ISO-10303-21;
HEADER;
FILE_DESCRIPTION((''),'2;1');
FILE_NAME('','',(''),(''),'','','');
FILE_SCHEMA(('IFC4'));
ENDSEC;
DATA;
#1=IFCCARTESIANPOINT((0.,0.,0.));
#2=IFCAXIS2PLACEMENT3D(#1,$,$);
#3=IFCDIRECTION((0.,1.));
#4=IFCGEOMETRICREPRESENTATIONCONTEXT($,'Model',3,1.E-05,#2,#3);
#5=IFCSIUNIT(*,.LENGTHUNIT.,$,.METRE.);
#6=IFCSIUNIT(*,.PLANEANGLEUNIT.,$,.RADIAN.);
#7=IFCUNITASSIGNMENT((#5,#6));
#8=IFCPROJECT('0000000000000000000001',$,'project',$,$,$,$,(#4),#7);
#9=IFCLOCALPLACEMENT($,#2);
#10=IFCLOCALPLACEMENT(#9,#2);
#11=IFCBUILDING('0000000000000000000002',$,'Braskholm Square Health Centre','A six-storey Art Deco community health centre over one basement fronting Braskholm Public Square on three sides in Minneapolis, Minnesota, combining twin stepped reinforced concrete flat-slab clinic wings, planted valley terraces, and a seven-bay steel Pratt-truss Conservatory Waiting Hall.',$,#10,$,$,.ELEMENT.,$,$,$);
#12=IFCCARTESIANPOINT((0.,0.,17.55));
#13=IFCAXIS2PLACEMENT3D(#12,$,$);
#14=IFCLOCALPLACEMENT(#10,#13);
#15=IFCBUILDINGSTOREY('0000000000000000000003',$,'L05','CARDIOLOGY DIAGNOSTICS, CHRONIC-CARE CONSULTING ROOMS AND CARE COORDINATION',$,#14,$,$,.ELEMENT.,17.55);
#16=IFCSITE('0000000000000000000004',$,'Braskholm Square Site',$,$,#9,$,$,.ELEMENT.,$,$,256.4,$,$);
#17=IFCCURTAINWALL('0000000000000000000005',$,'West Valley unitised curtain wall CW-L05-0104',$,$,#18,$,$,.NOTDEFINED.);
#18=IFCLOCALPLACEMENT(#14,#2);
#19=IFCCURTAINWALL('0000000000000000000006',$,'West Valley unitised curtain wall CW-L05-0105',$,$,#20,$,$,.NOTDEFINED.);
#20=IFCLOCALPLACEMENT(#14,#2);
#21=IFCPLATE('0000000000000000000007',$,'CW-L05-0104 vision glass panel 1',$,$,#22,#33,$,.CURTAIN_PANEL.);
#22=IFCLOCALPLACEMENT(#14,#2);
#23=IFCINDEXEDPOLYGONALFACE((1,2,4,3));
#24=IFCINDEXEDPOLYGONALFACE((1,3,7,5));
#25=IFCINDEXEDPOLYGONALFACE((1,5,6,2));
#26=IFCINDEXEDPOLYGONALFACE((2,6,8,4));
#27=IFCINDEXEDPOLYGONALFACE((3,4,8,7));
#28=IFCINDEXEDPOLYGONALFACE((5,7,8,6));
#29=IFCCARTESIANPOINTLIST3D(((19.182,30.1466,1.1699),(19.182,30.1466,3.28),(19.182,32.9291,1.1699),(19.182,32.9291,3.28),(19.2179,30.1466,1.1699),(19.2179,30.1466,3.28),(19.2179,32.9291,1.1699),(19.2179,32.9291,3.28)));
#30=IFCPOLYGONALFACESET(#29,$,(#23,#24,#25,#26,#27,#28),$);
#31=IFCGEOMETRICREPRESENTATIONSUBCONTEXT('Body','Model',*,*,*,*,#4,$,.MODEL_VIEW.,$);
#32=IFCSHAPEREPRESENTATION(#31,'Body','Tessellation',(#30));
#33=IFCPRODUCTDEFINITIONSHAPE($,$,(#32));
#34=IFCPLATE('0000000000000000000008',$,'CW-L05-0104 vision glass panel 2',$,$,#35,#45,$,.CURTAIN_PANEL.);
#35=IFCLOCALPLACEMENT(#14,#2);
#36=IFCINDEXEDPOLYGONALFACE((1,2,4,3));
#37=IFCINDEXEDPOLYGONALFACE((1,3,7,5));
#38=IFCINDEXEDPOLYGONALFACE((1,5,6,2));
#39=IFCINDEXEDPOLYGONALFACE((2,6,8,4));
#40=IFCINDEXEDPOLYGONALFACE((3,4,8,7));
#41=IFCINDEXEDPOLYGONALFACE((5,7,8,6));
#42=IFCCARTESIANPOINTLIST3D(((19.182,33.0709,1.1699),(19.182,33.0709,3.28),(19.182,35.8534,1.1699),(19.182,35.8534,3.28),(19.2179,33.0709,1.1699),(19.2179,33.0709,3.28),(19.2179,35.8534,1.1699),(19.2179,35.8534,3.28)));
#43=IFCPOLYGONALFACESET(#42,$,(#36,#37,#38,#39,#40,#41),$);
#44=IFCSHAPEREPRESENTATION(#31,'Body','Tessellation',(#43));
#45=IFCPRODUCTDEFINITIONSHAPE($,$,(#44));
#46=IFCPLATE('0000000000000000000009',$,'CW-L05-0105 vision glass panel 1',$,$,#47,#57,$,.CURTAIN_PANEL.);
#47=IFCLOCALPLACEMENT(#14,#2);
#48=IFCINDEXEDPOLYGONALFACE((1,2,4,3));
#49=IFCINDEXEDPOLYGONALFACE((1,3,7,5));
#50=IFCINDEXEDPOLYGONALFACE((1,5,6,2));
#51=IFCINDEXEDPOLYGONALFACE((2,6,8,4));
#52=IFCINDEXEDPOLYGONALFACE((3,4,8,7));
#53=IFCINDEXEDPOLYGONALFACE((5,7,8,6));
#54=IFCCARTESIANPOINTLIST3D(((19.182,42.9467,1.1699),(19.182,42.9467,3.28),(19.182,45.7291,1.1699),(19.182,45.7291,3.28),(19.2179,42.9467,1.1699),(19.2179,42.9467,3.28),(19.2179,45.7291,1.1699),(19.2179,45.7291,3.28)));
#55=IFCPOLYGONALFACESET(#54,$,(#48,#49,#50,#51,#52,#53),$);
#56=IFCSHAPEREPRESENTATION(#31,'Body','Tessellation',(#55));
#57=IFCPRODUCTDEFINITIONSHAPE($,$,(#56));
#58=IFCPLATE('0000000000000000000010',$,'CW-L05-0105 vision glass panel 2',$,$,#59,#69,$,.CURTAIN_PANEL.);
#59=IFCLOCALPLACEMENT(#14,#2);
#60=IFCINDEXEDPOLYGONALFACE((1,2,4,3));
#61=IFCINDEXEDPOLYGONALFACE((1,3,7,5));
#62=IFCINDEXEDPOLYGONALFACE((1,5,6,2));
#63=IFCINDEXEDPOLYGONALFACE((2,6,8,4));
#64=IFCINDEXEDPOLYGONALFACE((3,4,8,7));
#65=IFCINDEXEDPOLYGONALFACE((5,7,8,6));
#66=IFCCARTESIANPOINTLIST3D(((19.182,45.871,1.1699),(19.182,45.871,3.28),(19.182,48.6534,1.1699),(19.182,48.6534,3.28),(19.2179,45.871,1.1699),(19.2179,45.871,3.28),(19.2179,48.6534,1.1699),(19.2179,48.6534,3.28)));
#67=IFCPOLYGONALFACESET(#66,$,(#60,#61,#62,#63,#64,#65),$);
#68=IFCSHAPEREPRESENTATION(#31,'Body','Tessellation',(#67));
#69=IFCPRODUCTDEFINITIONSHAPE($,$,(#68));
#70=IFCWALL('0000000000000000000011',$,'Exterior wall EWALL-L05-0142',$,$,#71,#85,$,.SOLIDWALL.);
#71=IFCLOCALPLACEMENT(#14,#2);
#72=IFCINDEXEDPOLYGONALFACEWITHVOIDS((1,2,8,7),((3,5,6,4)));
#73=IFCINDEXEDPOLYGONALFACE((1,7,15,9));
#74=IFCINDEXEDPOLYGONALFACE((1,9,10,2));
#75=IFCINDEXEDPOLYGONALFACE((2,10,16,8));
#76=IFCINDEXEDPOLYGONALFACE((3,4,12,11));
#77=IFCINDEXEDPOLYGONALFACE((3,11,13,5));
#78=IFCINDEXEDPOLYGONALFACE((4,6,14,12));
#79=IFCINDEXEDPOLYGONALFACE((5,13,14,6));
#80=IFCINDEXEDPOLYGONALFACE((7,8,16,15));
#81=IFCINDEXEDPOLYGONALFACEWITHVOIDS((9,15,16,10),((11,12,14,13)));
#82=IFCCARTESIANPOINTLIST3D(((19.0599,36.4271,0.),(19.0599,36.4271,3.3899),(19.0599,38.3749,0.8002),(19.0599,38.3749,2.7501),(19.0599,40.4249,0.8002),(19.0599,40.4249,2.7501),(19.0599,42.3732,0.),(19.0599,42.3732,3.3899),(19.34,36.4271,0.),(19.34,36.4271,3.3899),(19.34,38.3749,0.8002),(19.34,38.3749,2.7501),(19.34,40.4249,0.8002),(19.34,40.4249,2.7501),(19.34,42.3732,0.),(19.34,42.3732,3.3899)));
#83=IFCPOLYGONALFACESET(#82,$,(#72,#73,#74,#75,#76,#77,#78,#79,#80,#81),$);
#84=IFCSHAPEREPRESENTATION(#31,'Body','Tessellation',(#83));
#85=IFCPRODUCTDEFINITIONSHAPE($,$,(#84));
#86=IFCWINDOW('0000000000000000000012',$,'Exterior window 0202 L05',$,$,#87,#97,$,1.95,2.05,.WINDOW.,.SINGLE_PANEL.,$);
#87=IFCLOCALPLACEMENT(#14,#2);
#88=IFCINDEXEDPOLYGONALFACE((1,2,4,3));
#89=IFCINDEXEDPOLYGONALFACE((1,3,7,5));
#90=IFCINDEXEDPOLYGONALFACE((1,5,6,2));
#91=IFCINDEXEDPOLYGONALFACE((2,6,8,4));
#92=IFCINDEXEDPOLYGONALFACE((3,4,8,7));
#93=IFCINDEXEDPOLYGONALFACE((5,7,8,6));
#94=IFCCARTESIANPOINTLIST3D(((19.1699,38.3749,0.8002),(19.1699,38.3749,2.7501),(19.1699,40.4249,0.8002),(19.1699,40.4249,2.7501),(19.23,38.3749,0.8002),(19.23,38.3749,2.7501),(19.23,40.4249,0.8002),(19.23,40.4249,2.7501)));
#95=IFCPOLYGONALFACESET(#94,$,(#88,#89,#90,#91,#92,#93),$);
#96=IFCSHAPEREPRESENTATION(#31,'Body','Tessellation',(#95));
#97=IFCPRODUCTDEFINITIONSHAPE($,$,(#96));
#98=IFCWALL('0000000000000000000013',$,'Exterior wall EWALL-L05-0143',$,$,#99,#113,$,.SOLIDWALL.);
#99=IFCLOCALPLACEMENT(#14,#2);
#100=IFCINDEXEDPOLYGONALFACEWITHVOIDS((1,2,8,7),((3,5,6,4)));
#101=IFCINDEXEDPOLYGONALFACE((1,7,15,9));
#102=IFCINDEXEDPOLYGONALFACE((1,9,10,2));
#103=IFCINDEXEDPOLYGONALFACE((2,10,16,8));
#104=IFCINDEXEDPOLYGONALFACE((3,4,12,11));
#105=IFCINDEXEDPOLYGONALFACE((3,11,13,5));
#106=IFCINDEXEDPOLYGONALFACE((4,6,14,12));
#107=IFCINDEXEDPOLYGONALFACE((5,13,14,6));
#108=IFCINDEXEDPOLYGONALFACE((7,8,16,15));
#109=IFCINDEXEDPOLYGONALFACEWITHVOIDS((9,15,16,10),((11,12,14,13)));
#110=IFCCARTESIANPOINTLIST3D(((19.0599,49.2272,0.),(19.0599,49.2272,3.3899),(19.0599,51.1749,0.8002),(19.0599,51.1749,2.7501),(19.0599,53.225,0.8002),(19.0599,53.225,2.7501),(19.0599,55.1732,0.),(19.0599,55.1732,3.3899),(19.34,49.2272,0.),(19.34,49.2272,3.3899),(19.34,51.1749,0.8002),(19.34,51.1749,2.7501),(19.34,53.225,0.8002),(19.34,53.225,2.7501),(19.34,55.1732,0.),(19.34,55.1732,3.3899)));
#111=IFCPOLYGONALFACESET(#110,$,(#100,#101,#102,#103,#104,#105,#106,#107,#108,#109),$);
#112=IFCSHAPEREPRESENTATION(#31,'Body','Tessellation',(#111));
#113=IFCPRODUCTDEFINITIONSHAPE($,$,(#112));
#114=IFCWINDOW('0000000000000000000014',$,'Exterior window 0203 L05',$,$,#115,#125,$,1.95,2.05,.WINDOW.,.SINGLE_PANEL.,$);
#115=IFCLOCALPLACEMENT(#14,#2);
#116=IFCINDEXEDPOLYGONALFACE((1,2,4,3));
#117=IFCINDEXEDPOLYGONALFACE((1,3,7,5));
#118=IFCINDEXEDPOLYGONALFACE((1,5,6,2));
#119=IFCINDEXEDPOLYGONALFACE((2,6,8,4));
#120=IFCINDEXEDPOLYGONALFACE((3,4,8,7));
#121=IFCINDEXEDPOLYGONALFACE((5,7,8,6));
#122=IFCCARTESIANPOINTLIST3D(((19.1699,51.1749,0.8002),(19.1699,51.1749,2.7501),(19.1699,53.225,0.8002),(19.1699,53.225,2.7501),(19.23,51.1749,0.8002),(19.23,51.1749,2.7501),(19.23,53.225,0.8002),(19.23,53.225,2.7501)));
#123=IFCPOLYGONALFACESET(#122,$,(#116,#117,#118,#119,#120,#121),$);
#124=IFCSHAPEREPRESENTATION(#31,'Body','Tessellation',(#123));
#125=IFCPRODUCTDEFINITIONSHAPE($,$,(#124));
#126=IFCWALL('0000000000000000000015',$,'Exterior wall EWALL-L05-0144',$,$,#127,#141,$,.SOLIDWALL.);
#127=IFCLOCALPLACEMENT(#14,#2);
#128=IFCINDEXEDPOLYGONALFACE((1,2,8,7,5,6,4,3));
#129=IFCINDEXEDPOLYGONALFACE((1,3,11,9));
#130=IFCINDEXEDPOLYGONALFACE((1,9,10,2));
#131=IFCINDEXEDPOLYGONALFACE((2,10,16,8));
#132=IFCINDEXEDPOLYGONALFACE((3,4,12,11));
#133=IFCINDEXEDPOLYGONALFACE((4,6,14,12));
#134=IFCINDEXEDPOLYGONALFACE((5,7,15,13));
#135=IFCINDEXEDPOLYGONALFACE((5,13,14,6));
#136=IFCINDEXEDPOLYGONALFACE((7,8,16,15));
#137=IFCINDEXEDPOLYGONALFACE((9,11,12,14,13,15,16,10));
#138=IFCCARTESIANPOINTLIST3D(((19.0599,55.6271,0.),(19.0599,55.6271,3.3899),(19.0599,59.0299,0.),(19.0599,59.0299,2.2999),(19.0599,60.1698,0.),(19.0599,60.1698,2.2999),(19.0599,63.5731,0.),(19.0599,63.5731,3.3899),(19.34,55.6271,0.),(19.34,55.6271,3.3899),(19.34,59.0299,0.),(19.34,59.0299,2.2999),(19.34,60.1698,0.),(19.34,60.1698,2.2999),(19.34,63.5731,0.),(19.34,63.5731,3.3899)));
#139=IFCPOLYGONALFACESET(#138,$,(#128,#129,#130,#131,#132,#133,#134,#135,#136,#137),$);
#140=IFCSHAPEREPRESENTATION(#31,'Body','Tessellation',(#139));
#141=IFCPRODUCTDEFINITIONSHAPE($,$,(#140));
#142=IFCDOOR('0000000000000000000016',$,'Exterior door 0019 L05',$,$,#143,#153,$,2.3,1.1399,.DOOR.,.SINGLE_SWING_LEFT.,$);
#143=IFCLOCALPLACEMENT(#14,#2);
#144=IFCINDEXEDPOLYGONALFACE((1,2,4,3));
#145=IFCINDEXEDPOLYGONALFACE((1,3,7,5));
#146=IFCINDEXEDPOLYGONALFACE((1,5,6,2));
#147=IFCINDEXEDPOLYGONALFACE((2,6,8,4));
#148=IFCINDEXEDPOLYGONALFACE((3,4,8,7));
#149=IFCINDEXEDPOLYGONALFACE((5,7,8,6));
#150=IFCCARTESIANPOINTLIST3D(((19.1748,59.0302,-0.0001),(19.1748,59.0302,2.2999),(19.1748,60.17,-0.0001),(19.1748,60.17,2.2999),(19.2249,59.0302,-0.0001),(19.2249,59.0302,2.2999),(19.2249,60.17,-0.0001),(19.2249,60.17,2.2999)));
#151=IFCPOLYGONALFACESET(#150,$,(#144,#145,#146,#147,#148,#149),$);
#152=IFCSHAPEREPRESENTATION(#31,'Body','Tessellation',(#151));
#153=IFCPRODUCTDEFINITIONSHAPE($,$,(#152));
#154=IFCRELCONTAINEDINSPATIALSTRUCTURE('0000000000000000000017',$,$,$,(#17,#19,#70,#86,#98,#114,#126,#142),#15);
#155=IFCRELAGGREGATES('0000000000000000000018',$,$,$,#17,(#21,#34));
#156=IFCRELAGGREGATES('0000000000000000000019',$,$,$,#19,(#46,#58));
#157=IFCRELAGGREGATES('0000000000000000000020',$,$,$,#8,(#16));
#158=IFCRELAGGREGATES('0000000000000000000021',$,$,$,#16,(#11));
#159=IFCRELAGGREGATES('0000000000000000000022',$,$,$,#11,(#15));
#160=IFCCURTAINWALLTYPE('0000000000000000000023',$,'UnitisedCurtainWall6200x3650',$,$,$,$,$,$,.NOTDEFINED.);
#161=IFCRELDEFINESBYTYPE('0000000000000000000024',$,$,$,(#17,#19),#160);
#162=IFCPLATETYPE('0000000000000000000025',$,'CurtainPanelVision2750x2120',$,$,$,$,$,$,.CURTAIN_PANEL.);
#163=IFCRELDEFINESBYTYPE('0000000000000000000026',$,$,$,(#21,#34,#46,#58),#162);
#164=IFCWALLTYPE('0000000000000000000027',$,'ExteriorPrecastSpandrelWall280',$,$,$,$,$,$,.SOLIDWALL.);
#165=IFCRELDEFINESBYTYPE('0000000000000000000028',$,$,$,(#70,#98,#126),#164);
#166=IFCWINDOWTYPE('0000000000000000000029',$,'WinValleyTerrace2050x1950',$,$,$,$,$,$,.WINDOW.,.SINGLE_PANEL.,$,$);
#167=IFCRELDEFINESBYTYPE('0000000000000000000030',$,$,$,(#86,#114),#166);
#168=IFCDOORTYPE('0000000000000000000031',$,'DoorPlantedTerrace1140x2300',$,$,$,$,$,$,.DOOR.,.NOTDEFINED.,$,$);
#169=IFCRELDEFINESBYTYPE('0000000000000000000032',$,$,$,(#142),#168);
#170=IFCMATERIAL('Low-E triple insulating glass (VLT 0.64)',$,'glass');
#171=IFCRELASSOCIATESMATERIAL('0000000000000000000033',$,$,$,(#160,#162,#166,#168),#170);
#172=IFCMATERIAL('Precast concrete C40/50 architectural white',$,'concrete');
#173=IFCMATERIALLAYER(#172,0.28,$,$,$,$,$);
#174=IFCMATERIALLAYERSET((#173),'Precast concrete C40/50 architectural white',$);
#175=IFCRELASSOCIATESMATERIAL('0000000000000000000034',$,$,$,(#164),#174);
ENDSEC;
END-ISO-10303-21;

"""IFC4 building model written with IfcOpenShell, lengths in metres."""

from ifc_helpers import new_model, si_unit, direction, frame, frame_2d, origin, origin_with_axes, origin_2d, place, context, subcontext, project, spatial, rectangle, extrude, material, layer, layer_set, type_object, element, fill, aggregate, save


model = new_model("IFC4")

# Units and contexts
model_context = context("Model", 3, precision=1e-05, world=origin(), true_north=direction((0.0, 1.0)))
body_context = subcontext(model_context, "Body", "Model", "MODEL_VIEW")
ifc_project = project(units=[si_unit("LENGTHUNIT", "METRE"), si_unit("PLANEANGLEUNIT", "RADIAN")], contexts=[model_context])

# Site, building, storey
site_placement = place(None, origin())
site = spatial("IfcSite", under=ifc_project, at=site_placement, Name="Braskholm Square Site", CompositionType="ELEMENT", RefElevation=256.4)
building_placement = place(site_placement, origin())
building = spatial("IfcBuilding", under=site, at=building_placement, Name="Braskholm Square Health Centre", Description="A six-storey Art Deco community health centre over one basement fronting Braskholm Public Square on three sides in Minneapolis, Minnesota, combining twin stepped reinforced concrete flat-slab clinic wings, planted valley terraces, and a seven-bay steel Pratt-truss Conservatory Waiting Hall.", CompositionType="ELEMENT")
storey_placement = place(building_placement, frame((0.0, 0.0, 17.55)))
storey = spatial("IfcBuildingStorey", under=building, at=storey_placement, Name="L05", Description="CARDIOLOGY DIAGNOSTICS, CHRONIC-CARE CONSULTING ROOMS AND CARE COORDINATION", CompositionType="ELEMENT", Elevation=17.55)

# Curtain walls
ifc_material_1 = material(Name="Low-E triple insulating glass (VLT 0.64)", Category="glass")
curtain_wall_type = type_object("IfcCurtainWallType", Name="UnitisedCurtainWall6200x3650", PredefinedType="NOTDEFINED", material=ifc_material_1)
curtain_wall_1_placement = place(storey_placement, origin())
curtain_wall_1 = element("IfcCurtainWall", 1, at=curtain_wall_1_placement, inside=storey, type_object=curtain_wall_type, Name="West Valley unitised curtain wall CW-L05-0104", PredefinedType="NOTDEFINED")
curtain_wall_2_placement = place(storey_placement, origin())
curtain_wall_2 = element("IfcCurtainWall", 2, at=curtain_wall_2_placement, inside=storey, type_object=curtain_wall_type, Name="West Valley unitised curtain wall CW-L05-0105", PredefinedType="NOTDEFINED")

# Plates
plate_type_1 = type_object("IfcPlateType", Name="CurtainPanelVision2750x2120", PredefinedType="CURTAIN_PANEL", material=ifc_material_1)
plate_1_placement = place(storey_placement, frame((19.2, 31.5378, 1.1699), z_axis=(0.0, 0.0, 1.0), x_axis=(0.0, 1.0, 0.0)))
plate_1 = element("IfcPlate", 3, at=plate_1_placement, type_object=plate_type_1, Name="CW-L05-0104 vision glass panel 1", PredefinedType="CURTAIN_PANEL", context=body_context, shape_type="SweptSolid", body=[
    extrude(rectangle(XDim=2.7825, YDim=0.0359, at=origin_2d()), origin(), (0.0, 0.0, 1.0), 2.1101),
])
plate_2_placement = place(storey_placement, frame((19.2, 34.4622, 1.1699), z_axis=(0.0, 0.0, 1.0), x_axis=(0.0, 1.0, 0.0)))
plate_2 = element("IfcPlate", 4, at=plate_2_placement, type_object=plate_type_1, Name="CW-L05-0104 vision glass panel 2", PredefinedType="CURTAIN_PANEL", context=body_context, shape_type="SweptSolid", body=[
    extrude(rectangle(XDim=2.7825, YDim=0.0359, at=origin_2d()), origin(), (0.0, 0.0, 1.0), 2.1101),
])
aggregate(curtain_wall_1, [plate_1, plate_2])
plate_3_placement = place(storey_placement, frame((19.2, 44.3379, 1.1699), z_axis=(0.0, 0.0, 1.0), x_axis=(0.0, 1.0, 0.0)))
plate_3 = element("IfcPlate", 5, at=plate_3_placement, type_object=plate_type_1, Name="CW-L05-0105 vision glass panel 1", PredefinedType="CURTAIN_PANEL", context=body_context, shape_type="SweptSolid", body=[
    extrude(rectangle(XDim=2.7825, YDim=0.0359, at=origin_2d()), origin(), (0.0, 0.0, 1.0), 2.1101),
])
plate_4_placement = place(storey_placement, frame((19.2, 47.2622, 1.1699), z_axis=(0.0, 0.0, 1.0), x_axis=(0.0, 1.0, 0.0)))
plate_4 = element("IfcPlate", 6, at=plate_4_placement, type_object=plate_type_1, Name="CW-L05-0105 vision glass panel 2", PredefinedType="CURTAIN_PANEL", context=body_context, shape_type="SweptSolid", body=[
    extrude(rectangle(XDim=2.7825, YDim=0.0359, at=origin_2d()), origin(), (0.0, 0.0, 1.0), 2.1101),
])
aggregate(curtain_wall_2, [plate_3, plate_4])

# Walls, openings, windows
ifc_material_2 = material(Name="Precast concrete C40/50 architectural white", Category="concrete")
ifc_layer = layer(ifc_material_2, 0.28)
ifc_layer_set = layer_set([ifc_layer], Name="Precast concrete C40/50 architectural white")
wall_type = type_object("IfcWallType", Name="ExteriorPrecastSpandrelWall280", PredefinedType="SOLIDWALL", material=ifc_layer_set)
wall_1_placement = place(storey_placement, frame((19.2, 36.427, 0.0), z_axis=(0.0, 0.0, 1.0), x_axis=(0.0, 1.0, 0.0)))
wall_1 = element("IfcWall", 7, at=wall_1_placement, inside=storey, type_object=wall_type, Name="Exterior wall EWALL-L05-0142", PredefinedType="SOLIDWALL", context=body_context, shape_type="SweptSolid", body=[
    extrude(rectangle(XDim=5.946, YDim=0.28, at=frame_2d((2.9731, 0.0))), origin(), (0.0, 0.0, 1.0), 3.3899),
])
opening_1_placement = place(wall_1_placement, frame((1.948, 0.0, 0.8)))
opening_1 = element("IfcOpeningElement", 8, at=opening_1_placement, cuts=wall_1, PredefinedType="OPENING", context=body_context, shape_type="SweptSolid", body=[
    extrude(rectangle(XDim=2.05, YDim=1.95, at=frame_2d((1.0249, 0.9751))), frame((0.0, 0.1499, 0.0), z_axis=(0.0, -1.0, 0.0), x_axis=(1.0, 0.0, 0.0)), (0.0, 0.0, 1.0), 0.3),
])
window_type = type_object("IfcWindowType", Name="WinValleyTerrace2050x1950", PartitioningType="SINGLE_PANEL", PredefinedType="WINDOW", material=ifc_material_1)
window_1_placement = place(opening_1_placement, origin_with_axes())
window_1 = element("IfcWindow", 9, at=window_1_placement, inside=storey, type_object=window_type, Name="Exterior window 0202 L05", OverallHeight=1.95, OverallWidth=2.05, PartitioningType="SINGLE_PANEL", PredefinedType="WINDOW", context=body_context, shape_type="SweptSolid", body=[
    extrude(rectangle(XDim=2.05, YDim=1.95, at=frame_2d((1.0249, 0.9751))), frame((0.0, 0.03, 0.0), z_axis=(0.0, -1.0, 0.0), x_axis=(1.0, 0.0, 0.0)), (0.0, 0.0, 1.0), 0.0601),
])
fill(opening_1, window_1)
wall_2_placement = place(storey_placement, frame((19.2, 49.2271, 0.0), z_axis=(0.0, 0.0, 1.0), x_axis=(0.0, 1.0, 0.0)))
wall_2 = element("IfcWall", 10, at=wall_2_placement, inside=storey, type_object=wall_type, Name="Exterior wall EWALL-L05-0143", PredefinedType="SOLIDWALL", context=body_context, shape_type="SweptSolid", body=[
    extrude(rectangle(XDim=5.946, YDim=0.28, at=frame_2d((2.9731, 0.0))), origin(), (0.0, 0.0, 1.0), 3.3899),
])
opening_2_placement = place(wall_2_placement, frame((1.948, 0.0, 0.8)))
opening_2 = element("IfcOpeningElement", 11, at=opening_2_placement, cuts=wall_2, PredefinedType="OPENING", context=body_context, shape_type="SweptSolid", body=[
    extrude(rectangle(XDim=2.05, YDim=1.95, at=frame_2d((1.0249, 0.9751))), frame((0.0, 0.1499, 0.0), z_axis=(0.0, -1.0, 0.0), x_axis=(1.0, 0.0, 0.0)), (0.0, 0.0, 1.0), 0.3),
])
window_2_placement = place(opening_2_placement, origin_with_axes())
window_2 = element("IfcWindow", 12, at=window_2_placement, inside=storey, type_object=window_type, Name="Exterior window 0203 L05", OverallHeight=1.95, OverallWidth=2.05, PartitioningType="SINGLE_PANEL", PredefinedType="WINDOW", context=body_context, shape_type="SweptSolid", body=[
    extrude(rectangle(XDim=2.05, YDim=1.95, at=frame_2d((1.0249, 0.9751))), frame((0.0, 0.03, 0.0), z_axis=(0.0, -1.0, 0.0), x_axis=(1.0, 0.0, 0.0)), (0.0, 0.0, 1.0), 0.0601),
])
fill(opening_2, window_2)

# Wall, opening, door
wall_3_placement = place(storey_placement, frame((19.2, 55.627, 0.0), z_axis=(0.0, 0.0, 1.0), x_axis=(0.0, 1.0, 0.0)))
wall_3 = element("IfcWall", 13, at=wall_3_placement, inside=storey, type_object=wall_type, Name="Exterior wall EWALL-L05-0144", PredefinedType="SOLIDWALL", context=body_context, shape_type="SweptSolid", body=[
    extrude(rectangle(XDim=7.946, YDim=0.28, at=frame_2d((3.9731, 0.0))), origin(), (0.0, 0.0, 1.0), 3.3899),
])
opening_3_placement = place(wall_3_placement, frame((3.4031, 0.0, 0.0)))
opening_3 = element("IfcOpeningElement", 14, at=opening_3_placement, cuts=wall_3, PredefinedType="OPENING", context=body_context, shape_type="SweptSolid", body=[
    extrude(rectangle(XDim=1.1399, YDim=2.3, at=frame_2d((0.5698, 1.1499))), frame((0.0, 0.1499, 0.0), z_axis=(0.0, -1.0, 0.0), x_axis=(1.0, 0.0, 0.0)), (0.0, 0.0, 1.0), 0.3),
])
door_type = type_object("IfcDoorType", Name="DoorPlantedTerrace1140x2300", OperationType="NOTDEFINED", PredefinedType="DOOR", material=ifc_material_1)
door_placement = place(opening_3_placement, frame((1.1399, 0.0, 0.0), z_axis=(0.0, 0.0, 1.0), x_axis=(-1.0, 0.0, 0.0)))
door = element("IfcDoor", 15, at=door_placement, inside=storey, type_object=door_type, Name="Exterior door 0019 L05", OperationType="SINGLE_SWING_LEFT", OverallHeight=2.3, OverallWidth=1.1399, PredefinedType="DOOR", context=body_context, shape_type="SweptSolid", body=[
    extrude(rectangle(XDim=1.1399, YDim=2.3, at=frame_2d((0.5698, 1.1499))), frame((0.0, 0.0249, 0.0), z_axis=(0.0, -1.0, 0.0), x_axis=(1.0, 0.0, 0.0)), (0.0, 0.0, 1.0), 0.05),
])
fill(opening_3, door)

save(model, "model.ifc")
